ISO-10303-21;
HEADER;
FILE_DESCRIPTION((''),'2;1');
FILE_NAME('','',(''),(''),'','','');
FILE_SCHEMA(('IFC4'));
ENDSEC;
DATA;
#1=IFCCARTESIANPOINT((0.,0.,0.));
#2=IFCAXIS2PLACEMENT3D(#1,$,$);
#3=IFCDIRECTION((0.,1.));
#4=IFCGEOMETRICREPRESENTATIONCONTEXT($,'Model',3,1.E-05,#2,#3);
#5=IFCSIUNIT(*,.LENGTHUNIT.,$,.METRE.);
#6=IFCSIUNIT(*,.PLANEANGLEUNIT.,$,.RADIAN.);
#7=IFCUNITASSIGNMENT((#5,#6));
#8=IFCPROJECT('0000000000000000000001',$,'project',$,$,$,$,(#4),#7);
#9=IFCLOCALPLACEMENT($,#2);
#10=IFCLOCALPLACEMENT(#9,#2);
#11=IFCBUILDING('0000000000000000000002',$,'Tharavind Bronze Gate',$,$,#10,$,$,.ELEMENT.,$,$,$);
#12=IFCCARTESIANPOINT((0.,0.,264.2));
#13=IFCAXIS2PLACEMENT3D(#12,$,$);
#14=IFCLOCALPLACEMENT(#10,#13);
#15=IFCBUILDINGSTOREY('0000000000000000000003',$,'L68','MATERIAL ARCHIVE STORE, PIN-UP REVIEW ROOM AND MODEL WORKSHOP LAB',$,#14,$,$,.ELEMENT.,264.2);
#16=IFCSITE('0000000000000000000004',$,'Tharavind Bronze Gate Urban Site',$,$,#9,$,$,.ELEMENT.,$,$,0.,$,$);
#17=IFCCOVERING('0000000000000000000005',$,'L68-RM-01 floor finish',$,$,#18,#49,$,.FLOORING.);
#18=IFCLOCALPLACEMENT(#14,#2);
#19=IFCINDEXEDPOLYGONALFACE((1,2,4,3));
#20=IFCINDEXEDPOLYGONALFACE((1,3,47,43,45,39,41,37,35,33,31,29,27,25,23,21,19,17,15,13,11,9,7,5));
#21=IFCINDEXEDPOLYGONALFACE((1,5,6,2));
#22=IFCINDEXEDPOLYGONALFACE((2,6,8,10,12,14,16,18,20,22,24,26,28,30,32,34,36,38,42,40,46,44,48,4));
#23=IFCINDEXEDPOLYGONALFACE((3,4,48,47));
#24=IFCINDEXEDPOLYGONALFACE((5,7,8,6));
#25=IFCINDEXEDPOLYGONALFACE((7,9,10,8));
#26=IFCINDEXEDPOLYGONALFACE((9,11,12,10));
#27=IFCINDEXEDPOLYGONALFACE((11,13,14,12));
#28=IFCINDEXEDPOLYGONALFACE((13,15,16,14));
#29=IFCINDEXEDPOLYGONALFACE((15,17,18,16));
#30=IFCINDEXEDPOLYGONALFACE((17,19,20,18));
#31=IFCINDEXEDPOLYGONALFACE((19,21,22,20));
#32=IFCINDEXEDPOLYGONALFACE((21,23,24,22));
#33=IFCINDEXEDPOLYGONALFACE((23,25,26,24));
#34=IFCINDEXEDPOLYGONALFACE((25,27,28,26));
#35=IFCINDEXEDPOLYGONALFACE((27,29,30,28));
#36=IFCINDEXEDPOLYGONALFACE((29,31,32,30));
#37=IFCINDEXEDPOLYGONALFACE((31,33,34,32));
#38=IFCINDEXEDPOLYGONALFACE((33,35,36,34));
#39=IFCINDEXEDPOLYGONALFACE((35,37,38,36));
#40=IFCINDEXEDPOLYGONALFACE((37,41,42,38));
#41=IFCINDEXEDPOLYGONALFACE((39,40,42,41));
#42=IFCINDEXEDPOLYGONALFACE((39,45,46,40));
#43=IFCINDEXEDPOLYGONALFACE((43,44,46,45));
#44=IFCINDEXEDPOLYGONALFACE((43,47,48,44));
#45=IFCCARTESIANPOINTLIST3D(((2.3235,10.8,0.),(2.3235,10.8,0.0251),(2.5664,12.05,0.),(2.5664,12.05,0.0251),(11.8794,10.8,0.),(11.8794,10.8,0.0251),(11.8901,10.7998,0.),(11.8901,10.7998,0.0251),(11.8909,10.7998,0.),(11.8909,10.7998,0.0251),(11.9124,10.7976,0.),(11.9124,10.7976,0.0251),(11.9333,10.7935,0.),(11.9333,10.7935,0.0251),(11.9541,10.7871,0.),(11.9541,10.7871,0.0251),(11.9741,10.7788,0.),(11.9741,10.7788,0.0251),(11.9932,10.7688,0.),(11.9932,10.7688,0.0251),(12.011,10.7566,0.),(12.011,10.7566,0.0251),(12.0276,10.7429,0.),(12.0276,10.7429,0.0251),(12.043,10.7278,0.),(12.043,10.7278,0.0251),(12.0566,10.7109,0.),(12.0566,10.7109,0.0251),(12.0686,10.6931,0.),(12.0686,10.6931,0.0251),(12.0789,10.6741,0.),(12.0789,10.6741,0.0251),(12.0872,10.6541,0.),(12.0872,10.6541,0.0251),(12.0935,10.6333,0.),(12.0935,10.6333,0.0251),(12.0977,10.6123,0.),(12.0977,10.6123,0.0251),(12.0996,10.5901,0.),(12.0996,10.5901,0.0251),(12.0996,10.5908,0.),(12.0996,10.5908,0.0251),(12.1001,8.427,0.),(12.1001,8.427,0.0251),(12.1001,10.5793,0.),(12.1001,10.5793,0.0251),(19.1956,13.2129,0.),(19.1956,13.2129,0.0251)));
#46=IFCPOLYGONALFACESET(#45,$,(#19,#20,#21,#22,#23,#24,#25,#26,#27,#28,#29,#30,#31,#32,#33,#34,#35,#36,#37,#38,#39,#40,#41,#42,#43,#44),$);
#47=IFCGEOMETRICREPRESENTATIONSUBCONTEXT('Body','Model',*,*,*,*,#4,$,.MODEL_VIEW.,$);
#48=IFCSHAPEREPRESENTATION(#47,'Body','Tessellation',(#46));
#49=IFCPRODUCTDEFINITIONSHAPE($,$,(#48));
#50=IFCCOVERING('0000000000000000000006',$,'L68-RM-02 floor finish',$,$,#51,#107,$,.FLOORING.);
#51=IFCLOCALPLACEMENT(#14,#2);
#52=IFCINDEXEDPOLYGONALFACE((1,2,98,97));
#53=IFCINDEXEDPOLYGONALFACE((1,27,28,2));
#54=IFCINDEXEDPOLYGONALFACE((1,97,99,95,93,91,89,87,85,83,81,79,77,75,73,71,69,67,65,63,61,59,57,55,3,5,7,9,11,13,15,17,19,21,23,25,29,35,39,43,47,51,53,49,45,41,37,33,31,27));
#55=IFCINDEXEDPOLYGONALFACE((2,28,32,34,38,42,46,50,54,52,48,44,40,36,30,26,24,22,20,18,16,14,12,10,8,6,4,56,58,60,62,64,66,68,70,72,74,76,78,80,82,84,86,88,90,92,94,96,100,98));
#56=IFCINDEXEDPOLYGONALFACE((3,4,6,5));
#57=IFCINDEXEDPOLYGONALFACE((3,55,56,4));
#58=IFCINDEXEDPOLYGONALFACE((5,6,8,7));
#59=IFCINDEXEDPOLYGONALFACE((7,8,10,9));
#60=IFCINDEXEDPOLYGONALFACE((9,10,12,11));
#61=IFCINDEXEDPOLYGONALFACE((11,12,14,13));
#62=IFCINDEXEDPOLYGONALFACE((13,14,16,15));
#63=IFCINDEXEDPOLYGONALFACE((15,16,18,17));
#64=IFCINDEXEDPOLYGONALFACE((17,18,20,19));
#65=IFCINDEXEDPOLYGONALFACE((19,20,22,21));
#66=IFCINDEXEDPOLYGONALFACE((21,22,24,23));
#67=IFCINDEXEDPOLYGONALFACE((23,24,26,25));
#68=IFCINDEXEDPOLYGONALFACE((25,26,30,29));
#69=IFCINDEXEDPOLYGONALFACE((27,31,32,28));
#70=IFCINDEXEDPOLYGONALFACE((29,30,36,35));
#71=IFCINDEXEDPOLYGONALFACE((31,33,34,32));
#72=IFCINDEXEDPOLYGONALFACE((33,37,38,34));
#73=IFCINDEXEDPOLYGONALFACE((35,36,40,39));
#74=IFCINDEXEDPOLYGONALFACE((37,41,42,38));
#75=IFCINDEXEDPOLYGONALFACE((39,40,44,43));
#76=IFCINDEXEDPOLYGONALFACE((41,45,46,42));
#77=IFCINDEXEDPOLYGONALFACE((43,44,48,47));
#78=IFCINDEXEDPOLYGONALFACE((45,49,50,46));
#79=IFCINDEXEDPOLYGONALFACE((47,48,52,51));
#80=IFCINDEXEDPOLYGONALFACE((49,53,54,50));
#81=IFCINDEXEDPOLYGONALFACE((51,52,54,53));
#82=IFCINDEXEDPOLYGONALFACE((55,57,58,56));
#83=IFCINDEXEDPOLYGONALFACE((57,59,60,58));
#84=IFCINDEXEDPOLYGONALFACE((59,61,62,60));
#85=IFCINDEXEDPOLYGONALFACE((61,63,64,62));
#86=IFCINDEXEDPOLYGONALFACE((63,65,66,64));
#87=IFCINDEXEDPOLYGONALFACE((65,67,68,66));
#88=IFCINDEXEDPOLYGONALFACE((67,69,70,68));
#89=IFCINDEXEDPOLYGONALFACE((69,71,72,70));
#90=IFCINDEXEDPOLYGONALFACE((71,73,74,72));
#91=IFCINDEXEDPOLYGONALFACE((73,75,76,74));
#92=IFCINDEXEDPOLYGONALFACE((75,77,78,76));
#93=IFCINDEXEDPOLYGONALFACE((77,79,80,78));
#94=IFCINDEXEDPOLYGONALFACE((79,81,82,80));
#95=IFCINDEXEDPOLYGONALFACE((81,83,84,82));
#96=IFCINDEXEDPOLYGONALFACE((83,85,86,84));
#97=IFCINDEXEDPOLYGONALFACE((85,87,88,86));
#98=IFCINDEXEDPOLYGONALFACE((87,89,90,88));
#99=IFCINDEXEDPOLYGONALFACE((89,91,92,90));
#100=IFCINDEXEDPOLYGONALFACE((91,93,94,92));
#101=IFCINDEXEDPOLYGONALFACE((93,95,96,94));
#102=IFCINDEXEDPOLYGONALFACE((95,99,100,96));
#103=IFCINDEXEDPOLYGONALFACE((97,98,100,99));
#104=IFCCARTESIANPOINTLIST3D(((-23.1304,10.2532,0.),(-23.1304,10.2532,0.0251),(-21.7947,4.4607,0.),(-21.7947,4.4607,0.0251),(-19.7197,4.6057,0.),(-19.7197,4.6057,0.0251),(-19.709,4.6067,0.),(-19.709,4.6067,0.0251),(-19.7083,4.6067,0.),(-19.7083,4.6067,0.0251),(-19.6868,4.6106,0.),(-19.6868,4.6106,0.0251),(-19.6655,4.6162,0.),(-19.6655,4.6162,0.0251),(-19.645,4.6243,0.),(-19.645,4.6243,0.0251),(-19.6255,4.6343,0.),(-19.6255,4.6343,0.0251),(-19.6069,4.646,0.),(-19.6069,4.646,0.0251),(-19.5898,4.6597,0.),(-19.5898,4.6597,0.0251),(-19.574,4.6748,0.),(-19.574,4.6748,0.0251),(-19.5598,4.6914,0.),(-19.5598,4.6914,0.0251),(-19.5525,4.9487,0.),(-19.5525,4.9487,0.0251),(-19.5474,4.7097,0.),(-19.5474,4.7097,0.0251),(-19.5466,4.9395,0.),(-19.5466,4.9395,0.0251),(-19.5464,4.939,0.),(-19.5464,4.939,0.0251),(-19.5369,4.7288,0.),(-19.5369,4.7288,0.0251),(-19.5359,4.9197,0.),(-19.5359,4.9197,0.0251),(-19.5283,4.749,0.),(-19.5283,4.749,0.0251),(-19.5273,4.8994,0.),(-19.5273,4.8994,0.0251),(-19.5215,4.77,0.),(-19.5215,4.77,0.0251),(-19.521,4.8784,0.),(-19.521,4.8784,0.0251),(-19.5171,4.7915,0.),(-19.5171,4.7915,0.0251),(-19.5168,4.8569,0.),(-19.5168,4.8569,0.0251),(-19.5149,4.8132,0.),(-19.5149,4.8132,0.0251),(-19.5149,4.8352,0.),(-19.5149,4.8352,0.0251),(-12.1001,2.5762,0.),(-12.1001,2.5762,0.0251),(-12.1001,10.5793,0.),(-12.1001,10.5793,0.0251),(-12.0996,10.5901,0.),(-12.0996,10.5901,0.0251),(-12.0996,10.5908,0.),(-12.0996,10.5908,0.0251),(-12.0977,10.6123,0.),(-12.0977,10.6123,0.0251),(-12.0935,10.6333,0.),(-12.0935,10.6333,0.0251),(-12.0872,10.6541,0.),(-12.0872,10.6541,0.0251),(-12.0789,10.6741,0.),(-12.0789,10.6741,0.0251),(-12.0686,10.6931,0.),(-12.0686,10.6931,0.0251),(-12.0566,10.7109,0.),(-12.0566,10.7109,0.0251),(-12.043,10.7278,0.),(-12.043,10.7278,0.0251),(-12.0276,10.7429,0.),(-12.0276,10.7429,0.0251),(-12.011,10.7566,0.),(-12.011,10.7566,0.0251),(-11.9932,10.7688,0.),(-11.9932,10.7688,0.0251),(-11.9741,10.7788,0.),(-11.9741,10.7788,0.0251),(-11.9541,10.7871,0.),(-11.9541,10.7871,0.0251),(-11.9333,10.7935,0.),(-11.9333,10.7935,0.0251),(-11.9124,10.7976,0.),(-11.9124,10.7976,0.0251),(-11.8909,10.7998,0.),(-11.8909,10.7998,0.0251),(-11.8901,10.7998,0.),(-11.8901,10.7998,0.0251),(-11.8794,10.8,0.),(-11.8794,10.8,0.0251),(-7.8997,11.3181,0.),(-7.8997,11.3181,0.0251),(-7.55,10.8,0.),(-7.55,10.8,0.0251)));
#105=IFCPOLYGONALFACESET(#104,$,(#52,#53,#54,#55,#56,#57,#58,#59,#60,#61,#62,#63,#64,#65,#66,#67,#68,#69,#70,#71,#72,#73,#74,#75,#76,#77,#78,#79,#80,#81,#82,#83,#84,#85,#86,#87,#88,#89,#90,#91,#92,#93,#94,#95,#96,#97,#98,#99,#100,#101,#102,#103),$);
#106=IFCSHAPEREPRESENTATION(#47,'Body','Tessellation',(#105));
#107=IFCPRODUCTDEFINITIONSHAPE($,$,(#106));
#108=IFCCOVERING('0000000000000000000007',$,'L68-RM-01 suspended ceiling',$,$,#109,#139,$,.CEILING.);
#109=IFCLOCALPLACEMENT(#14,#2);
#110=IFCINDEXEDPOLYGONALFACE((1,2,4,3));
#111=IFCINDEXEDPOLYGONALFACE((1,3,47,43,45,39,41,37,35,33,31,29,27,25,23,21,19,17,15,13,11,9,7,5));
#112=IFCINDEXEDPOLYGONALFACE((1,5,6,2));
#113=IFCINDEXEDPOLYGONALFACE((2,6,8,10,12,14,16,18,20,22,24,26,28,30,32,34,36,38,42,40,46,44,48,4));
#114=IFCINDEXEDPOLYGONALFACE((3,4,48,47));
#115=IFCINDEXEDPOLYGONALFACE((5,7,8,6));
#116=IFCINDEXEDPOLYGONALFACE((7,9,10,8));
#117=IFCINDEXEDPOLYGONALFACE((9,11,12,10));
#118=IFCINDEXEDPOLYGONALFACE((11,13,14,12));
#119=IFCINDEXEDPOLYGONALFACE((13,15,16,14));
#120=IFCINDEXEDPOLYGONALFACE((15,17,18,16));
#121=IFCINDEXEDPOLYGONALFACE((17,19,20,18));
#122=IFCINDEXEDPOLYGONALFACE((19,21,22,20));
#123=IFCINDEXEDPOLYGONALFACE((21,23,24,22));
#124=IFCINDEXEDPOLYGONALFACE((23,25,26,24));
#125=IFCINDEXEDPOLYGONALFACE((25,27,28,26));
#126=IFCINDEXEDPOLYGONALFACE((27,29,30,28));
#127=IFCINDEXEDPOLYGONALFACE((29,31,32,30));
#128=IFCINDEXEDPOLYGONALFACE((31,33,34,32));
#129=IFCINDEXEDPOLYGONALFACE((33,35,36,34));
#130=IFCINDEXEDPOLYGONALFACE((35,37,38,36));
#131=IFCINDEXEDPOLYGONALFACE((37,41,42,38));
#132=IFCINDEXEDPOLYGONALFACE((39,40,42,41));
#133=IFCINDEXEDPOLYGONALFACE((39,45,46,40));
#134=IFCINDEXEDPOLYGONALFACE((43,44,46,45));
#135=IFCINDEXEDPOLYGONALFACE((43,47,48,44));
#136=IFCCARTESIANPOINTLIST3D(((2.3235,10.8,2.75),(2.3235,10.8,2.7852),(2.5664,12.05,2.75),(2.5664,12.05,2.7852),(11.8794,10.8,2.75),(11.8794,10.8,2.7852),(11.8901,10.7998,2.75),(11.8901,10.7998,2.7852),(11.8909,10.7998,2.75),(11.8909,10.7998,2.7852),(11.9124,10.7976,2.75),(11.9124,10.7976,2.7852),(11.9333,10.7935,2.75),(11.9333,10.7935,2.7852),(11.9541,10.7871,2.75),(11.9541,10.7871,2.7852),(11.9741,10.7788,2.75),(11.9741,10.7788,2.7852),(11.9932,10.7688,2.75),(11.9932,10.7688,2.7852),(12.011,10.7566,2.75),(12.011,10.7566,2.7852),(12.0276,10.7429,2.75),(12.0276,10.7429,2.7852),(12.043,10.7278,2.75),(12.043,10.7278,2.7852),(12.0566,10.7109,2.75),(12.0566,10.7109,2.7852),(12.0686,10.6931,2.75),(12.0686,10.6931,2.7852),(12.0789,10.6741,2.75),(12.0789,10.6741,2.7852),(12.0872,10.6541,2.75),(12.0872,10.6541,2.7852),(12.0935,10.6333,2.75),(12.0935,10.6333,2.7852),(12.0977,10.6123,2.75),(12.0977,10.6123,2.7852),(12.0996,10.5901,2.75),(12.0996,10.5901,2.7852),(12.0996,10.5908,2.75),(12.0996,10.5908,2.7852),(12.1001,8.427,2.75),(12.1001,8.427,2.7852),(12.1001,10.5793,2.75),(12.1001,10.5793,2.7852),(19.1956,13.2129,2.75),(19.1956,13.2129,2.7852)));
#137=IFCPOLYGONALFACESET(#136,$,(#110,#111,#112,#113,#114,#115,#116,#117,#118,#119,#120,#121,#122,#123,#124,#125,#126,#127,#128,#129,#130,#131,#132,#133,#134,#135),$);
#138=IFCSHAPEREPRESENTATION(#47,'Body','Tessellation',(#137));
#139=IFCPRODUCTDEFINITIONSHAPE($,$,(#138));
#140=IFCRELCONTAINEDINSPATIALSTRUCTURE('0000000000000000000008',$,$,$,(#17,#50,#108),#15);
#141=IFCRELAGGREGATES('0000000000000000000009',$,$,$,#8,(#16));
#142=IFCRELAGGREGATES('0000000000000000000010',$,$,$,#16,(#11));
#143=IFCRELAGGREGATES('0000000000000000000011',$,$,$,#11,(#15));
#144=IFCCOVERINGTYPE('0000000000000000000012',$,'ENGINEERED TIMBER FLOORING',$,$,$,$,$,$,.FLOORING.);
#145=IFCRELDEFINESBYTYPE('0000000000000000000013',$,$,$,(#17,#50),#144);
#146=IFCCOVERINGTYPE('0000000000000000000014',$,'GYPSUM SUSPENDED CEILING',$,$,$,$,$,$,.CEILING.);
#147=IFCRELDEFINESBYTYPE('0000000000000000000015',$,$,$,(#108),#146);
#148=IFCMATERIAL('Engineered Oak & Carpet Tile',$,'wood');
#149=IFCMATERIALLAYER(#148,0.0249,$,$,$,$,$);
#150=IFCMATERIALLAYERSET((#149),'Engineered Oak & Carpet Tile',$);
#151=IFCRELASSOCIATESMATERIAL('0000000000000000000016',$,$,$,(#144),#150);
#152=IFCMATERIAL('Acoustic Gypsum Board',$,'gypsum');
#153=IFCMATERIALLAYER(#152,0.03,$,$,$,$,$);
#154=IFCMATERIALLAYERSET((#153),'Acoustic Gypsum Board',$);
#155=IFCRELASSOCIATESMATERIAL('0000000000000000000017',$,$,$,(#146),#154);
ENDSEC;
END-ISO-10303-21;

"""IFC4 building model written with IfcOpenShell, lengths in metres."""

from ifc_helpers import new_model, si_unit, direction, frame, origin, place, context, subcontext, project, spatial, polyline, outline, extrude, material, layer, layer_set, type_object, element, save


model = new_model("IFC4")

# Units and contexts
model_context = context("Model", 3, precision=1e-05, world=origin(), true_north=direction((0.0, 1.0)))
body_context = subcontext(model_context, "Body", "Model", "MODEL_VIEW")
ifc_project = project(units=[si_unit("LENGTHUNIT", "METRE"), si_unit("PLANEANGLEUNIT", "RADIAN")], contexts=[model_context])

# Site, building, storey
site_placement = place(None, origin())
site = spatial("IfcSite", under=ifc_project, at=site_placement, Name="Tharavind Bronze Gate Urban Site", CompositionType="ELEMENT", RefElevation=0.0)
building_placement = place(site_placement, origin())
building = spatial("IfcBuilding", under=site, at=building_placement, Name="Tharavind Bronze Gate", CompositionType="ELEMENT")
storey_placement = place(building_placement, frame((0.0, 0.0, 264.2)))
storey = spatial("IfcBuildingStorey", under=building, at=storey_placement, Name="L68", Description="MATERIAL ARCHIVE STORE, PIN-UP REVIEW ROOM AND MODEL WORKSHOP LAB", CompositionType="ELEMENT", Elevation=264.2)

# Coverings
ifc_material_1 = material(Name="Engineered Oak & Carpet Tile", Category="wood")
ifc_layer_1 = layer(ifc_material_1, 0.0249)
ifc_layer_set_1 = layer_set([ifc_layer_1], Name="Engineered Oak & Carpet Tile")
covering_type_1 = type_object("IfcCoveringType", Name="ENGINEERED TIMBER FLOORING", PredefinedType="FLOORING", material=ifc_layer_set_1)
covering_1_placement = place(storey_placement, origin())
element("IfcCovering", 1, at=covering_1_placement, inside=storey, type_object=covering_type_1, Name="L68-RM-01 floor finish", PredefinedType="FLOORING", context=body_context, shape_type="SweptSolid", body=[
    extrude(outline(polyline([(11.8794, 10.8), (11.8901, 10.7998), (11.8909, 10.7998), (11.9124, 10.7976), (11.9333, 10.7935), (11.9541, 10.7871), (11.9741, 10.7788), (11.9932, 10.7688), (12.011, 10.7566), (12.0276, 10.7429), (12.043, 10.7278), (12.0566, 10.7109), (12.0686, 10.6931), (12.0789, 10.6741), (12.0872, 10.6541), (12.0935, 10.6333), (12.0977, 10.6123), (12.0996, 10.5908), (12.0996, 10.5901), (12.1001, 10.5793), (12.1001, 8.427), (19.1956, 13.2129), (2.5664, 12.05), (2.3235, 10.8), (11.8794, 10.8)])), origin(), (0.0, 0.0, 1.0), 0.0251),
])
covering_2_placement = place(storey_placement, origin())
element("IfcCovering", 2, at=covering_2_placement, inside=storey, type_object=covering_type_1, Name="L68-RM-02 floor finish", PredefinedType="FLOORING", context=body_context, shape_type="SweptSolid", body=[
    extrude(outline(polyline([(-19.5525, 4.9487), (-19.5466, 4.9395), (-19.5464, 4.939), (-19.5359, 4.9197), (-19.5273, 4.8994), (-19.521, 4.8784), (-19.5168, 4.8569), (-19.5149, 4.8352), (-19.5149, 4.8132), (-19.5171, 4.7915), (-19.5215, 4.77), (-19.5283, 4.749), (-19.5369, 4.7288), (-19.5474, 4.7097), (-19.5598, 4.6914), (-19.574, 4.6748), (-19.5898, 4.6597), (-19.6069, 4.646), (-19.6255, 4.6343), (-19.645, 4.6243), (-19.6655, 4.6162), (-19.6868, 4.6106), (-19.7083, 4.6067), (-19.709, 4.6067), (-19.7197, 4.6057), (-21.7947, 4.4607), (-12.1001, 2.5762), (-12.1001, 10.5793), (-12.0996, 10.5901), (-12.0996, 10.5908), (-12.0977, 10.6123), (-12.0935, 10.6333), (-12.0872, 10.6541), (-12.0789, 10.6741), (-12.0686, 10.6931), (-12.0566, 10.7109), (-12.043, 10.7278), (-12.0276, 10.7429), (-12.011, 10.7566), (-11.9932, 10.7688), (-11.9741, 10.7788), (-11.9541, 10.7871), (-11.9333, 10.7935), (-11.9124, 10.7976), (-11.8909, 10.7998), (-11.8901, 10.7998), (-11.8794, 10.8), (-7.55, 10.8), (-7.8997, 11.3181), (-23.1304, 10.2532), (-19.5525, 4.9487)])), origin(), (0.0, 0.0, 1.0), 0.0251),
])
ifc_material_2 = material(Name="Acoustic Gypsum Board", Category="gypsum")
ifc_layer_2 = layer(ifc_material_2, 0.03)
ifc_layer_set_2 = layer_set([ifc_layer_2], Name="Acoustic Gypsum Board")
covering_type_2 = type_object("IfcCoveringType", Name="GYPSUM SUSPENDED CEILING", PredefinedType="CEILING", material=ifc_layer_set_2)
covering_3_placement = place(storey_placement, frame((0.0, 0.0, 2.75)))
element("IfcCovering", 3, at=covering_3_placement, inside=storey, type_object=covering_type_2, Name="L68-RM-01 suspended ceiling", PredefinedType="CEILING", context=body_context, shape_type="SweptSolid", body=[
    extrude(outline(polyline([(11.8794, 10.8), (11.8901, 10.7998), (11.8909, 10.7998), (11.9124, 10.7976), (11.9333, 10.7935), (11.9541, 10.7871), (11.9741, 10.7788), (11.9932, 10.7688), (12.011, 10.7566), (12.0276, 10.7429), (12.043, 10.7278), (12.0566, 10.7109), (12.0686, 10.6931), (12.0789, 10.6741), (12.0872, 10.6541), (12.0935, 10.6333), (12.0977, 10.6123), (12.0996, 10.5908), (12.0996, 10.5901), (12.1001, 10.5793), (12.1001, 8.427), (19.1956, 13.2129), (2.5664, 12.05), (2.3235, 10.8), (11.8794, 10.8)])), origin(), (0.0, 0.0, 1.0), 0.0352),
])

save(model, "model.ifc")
